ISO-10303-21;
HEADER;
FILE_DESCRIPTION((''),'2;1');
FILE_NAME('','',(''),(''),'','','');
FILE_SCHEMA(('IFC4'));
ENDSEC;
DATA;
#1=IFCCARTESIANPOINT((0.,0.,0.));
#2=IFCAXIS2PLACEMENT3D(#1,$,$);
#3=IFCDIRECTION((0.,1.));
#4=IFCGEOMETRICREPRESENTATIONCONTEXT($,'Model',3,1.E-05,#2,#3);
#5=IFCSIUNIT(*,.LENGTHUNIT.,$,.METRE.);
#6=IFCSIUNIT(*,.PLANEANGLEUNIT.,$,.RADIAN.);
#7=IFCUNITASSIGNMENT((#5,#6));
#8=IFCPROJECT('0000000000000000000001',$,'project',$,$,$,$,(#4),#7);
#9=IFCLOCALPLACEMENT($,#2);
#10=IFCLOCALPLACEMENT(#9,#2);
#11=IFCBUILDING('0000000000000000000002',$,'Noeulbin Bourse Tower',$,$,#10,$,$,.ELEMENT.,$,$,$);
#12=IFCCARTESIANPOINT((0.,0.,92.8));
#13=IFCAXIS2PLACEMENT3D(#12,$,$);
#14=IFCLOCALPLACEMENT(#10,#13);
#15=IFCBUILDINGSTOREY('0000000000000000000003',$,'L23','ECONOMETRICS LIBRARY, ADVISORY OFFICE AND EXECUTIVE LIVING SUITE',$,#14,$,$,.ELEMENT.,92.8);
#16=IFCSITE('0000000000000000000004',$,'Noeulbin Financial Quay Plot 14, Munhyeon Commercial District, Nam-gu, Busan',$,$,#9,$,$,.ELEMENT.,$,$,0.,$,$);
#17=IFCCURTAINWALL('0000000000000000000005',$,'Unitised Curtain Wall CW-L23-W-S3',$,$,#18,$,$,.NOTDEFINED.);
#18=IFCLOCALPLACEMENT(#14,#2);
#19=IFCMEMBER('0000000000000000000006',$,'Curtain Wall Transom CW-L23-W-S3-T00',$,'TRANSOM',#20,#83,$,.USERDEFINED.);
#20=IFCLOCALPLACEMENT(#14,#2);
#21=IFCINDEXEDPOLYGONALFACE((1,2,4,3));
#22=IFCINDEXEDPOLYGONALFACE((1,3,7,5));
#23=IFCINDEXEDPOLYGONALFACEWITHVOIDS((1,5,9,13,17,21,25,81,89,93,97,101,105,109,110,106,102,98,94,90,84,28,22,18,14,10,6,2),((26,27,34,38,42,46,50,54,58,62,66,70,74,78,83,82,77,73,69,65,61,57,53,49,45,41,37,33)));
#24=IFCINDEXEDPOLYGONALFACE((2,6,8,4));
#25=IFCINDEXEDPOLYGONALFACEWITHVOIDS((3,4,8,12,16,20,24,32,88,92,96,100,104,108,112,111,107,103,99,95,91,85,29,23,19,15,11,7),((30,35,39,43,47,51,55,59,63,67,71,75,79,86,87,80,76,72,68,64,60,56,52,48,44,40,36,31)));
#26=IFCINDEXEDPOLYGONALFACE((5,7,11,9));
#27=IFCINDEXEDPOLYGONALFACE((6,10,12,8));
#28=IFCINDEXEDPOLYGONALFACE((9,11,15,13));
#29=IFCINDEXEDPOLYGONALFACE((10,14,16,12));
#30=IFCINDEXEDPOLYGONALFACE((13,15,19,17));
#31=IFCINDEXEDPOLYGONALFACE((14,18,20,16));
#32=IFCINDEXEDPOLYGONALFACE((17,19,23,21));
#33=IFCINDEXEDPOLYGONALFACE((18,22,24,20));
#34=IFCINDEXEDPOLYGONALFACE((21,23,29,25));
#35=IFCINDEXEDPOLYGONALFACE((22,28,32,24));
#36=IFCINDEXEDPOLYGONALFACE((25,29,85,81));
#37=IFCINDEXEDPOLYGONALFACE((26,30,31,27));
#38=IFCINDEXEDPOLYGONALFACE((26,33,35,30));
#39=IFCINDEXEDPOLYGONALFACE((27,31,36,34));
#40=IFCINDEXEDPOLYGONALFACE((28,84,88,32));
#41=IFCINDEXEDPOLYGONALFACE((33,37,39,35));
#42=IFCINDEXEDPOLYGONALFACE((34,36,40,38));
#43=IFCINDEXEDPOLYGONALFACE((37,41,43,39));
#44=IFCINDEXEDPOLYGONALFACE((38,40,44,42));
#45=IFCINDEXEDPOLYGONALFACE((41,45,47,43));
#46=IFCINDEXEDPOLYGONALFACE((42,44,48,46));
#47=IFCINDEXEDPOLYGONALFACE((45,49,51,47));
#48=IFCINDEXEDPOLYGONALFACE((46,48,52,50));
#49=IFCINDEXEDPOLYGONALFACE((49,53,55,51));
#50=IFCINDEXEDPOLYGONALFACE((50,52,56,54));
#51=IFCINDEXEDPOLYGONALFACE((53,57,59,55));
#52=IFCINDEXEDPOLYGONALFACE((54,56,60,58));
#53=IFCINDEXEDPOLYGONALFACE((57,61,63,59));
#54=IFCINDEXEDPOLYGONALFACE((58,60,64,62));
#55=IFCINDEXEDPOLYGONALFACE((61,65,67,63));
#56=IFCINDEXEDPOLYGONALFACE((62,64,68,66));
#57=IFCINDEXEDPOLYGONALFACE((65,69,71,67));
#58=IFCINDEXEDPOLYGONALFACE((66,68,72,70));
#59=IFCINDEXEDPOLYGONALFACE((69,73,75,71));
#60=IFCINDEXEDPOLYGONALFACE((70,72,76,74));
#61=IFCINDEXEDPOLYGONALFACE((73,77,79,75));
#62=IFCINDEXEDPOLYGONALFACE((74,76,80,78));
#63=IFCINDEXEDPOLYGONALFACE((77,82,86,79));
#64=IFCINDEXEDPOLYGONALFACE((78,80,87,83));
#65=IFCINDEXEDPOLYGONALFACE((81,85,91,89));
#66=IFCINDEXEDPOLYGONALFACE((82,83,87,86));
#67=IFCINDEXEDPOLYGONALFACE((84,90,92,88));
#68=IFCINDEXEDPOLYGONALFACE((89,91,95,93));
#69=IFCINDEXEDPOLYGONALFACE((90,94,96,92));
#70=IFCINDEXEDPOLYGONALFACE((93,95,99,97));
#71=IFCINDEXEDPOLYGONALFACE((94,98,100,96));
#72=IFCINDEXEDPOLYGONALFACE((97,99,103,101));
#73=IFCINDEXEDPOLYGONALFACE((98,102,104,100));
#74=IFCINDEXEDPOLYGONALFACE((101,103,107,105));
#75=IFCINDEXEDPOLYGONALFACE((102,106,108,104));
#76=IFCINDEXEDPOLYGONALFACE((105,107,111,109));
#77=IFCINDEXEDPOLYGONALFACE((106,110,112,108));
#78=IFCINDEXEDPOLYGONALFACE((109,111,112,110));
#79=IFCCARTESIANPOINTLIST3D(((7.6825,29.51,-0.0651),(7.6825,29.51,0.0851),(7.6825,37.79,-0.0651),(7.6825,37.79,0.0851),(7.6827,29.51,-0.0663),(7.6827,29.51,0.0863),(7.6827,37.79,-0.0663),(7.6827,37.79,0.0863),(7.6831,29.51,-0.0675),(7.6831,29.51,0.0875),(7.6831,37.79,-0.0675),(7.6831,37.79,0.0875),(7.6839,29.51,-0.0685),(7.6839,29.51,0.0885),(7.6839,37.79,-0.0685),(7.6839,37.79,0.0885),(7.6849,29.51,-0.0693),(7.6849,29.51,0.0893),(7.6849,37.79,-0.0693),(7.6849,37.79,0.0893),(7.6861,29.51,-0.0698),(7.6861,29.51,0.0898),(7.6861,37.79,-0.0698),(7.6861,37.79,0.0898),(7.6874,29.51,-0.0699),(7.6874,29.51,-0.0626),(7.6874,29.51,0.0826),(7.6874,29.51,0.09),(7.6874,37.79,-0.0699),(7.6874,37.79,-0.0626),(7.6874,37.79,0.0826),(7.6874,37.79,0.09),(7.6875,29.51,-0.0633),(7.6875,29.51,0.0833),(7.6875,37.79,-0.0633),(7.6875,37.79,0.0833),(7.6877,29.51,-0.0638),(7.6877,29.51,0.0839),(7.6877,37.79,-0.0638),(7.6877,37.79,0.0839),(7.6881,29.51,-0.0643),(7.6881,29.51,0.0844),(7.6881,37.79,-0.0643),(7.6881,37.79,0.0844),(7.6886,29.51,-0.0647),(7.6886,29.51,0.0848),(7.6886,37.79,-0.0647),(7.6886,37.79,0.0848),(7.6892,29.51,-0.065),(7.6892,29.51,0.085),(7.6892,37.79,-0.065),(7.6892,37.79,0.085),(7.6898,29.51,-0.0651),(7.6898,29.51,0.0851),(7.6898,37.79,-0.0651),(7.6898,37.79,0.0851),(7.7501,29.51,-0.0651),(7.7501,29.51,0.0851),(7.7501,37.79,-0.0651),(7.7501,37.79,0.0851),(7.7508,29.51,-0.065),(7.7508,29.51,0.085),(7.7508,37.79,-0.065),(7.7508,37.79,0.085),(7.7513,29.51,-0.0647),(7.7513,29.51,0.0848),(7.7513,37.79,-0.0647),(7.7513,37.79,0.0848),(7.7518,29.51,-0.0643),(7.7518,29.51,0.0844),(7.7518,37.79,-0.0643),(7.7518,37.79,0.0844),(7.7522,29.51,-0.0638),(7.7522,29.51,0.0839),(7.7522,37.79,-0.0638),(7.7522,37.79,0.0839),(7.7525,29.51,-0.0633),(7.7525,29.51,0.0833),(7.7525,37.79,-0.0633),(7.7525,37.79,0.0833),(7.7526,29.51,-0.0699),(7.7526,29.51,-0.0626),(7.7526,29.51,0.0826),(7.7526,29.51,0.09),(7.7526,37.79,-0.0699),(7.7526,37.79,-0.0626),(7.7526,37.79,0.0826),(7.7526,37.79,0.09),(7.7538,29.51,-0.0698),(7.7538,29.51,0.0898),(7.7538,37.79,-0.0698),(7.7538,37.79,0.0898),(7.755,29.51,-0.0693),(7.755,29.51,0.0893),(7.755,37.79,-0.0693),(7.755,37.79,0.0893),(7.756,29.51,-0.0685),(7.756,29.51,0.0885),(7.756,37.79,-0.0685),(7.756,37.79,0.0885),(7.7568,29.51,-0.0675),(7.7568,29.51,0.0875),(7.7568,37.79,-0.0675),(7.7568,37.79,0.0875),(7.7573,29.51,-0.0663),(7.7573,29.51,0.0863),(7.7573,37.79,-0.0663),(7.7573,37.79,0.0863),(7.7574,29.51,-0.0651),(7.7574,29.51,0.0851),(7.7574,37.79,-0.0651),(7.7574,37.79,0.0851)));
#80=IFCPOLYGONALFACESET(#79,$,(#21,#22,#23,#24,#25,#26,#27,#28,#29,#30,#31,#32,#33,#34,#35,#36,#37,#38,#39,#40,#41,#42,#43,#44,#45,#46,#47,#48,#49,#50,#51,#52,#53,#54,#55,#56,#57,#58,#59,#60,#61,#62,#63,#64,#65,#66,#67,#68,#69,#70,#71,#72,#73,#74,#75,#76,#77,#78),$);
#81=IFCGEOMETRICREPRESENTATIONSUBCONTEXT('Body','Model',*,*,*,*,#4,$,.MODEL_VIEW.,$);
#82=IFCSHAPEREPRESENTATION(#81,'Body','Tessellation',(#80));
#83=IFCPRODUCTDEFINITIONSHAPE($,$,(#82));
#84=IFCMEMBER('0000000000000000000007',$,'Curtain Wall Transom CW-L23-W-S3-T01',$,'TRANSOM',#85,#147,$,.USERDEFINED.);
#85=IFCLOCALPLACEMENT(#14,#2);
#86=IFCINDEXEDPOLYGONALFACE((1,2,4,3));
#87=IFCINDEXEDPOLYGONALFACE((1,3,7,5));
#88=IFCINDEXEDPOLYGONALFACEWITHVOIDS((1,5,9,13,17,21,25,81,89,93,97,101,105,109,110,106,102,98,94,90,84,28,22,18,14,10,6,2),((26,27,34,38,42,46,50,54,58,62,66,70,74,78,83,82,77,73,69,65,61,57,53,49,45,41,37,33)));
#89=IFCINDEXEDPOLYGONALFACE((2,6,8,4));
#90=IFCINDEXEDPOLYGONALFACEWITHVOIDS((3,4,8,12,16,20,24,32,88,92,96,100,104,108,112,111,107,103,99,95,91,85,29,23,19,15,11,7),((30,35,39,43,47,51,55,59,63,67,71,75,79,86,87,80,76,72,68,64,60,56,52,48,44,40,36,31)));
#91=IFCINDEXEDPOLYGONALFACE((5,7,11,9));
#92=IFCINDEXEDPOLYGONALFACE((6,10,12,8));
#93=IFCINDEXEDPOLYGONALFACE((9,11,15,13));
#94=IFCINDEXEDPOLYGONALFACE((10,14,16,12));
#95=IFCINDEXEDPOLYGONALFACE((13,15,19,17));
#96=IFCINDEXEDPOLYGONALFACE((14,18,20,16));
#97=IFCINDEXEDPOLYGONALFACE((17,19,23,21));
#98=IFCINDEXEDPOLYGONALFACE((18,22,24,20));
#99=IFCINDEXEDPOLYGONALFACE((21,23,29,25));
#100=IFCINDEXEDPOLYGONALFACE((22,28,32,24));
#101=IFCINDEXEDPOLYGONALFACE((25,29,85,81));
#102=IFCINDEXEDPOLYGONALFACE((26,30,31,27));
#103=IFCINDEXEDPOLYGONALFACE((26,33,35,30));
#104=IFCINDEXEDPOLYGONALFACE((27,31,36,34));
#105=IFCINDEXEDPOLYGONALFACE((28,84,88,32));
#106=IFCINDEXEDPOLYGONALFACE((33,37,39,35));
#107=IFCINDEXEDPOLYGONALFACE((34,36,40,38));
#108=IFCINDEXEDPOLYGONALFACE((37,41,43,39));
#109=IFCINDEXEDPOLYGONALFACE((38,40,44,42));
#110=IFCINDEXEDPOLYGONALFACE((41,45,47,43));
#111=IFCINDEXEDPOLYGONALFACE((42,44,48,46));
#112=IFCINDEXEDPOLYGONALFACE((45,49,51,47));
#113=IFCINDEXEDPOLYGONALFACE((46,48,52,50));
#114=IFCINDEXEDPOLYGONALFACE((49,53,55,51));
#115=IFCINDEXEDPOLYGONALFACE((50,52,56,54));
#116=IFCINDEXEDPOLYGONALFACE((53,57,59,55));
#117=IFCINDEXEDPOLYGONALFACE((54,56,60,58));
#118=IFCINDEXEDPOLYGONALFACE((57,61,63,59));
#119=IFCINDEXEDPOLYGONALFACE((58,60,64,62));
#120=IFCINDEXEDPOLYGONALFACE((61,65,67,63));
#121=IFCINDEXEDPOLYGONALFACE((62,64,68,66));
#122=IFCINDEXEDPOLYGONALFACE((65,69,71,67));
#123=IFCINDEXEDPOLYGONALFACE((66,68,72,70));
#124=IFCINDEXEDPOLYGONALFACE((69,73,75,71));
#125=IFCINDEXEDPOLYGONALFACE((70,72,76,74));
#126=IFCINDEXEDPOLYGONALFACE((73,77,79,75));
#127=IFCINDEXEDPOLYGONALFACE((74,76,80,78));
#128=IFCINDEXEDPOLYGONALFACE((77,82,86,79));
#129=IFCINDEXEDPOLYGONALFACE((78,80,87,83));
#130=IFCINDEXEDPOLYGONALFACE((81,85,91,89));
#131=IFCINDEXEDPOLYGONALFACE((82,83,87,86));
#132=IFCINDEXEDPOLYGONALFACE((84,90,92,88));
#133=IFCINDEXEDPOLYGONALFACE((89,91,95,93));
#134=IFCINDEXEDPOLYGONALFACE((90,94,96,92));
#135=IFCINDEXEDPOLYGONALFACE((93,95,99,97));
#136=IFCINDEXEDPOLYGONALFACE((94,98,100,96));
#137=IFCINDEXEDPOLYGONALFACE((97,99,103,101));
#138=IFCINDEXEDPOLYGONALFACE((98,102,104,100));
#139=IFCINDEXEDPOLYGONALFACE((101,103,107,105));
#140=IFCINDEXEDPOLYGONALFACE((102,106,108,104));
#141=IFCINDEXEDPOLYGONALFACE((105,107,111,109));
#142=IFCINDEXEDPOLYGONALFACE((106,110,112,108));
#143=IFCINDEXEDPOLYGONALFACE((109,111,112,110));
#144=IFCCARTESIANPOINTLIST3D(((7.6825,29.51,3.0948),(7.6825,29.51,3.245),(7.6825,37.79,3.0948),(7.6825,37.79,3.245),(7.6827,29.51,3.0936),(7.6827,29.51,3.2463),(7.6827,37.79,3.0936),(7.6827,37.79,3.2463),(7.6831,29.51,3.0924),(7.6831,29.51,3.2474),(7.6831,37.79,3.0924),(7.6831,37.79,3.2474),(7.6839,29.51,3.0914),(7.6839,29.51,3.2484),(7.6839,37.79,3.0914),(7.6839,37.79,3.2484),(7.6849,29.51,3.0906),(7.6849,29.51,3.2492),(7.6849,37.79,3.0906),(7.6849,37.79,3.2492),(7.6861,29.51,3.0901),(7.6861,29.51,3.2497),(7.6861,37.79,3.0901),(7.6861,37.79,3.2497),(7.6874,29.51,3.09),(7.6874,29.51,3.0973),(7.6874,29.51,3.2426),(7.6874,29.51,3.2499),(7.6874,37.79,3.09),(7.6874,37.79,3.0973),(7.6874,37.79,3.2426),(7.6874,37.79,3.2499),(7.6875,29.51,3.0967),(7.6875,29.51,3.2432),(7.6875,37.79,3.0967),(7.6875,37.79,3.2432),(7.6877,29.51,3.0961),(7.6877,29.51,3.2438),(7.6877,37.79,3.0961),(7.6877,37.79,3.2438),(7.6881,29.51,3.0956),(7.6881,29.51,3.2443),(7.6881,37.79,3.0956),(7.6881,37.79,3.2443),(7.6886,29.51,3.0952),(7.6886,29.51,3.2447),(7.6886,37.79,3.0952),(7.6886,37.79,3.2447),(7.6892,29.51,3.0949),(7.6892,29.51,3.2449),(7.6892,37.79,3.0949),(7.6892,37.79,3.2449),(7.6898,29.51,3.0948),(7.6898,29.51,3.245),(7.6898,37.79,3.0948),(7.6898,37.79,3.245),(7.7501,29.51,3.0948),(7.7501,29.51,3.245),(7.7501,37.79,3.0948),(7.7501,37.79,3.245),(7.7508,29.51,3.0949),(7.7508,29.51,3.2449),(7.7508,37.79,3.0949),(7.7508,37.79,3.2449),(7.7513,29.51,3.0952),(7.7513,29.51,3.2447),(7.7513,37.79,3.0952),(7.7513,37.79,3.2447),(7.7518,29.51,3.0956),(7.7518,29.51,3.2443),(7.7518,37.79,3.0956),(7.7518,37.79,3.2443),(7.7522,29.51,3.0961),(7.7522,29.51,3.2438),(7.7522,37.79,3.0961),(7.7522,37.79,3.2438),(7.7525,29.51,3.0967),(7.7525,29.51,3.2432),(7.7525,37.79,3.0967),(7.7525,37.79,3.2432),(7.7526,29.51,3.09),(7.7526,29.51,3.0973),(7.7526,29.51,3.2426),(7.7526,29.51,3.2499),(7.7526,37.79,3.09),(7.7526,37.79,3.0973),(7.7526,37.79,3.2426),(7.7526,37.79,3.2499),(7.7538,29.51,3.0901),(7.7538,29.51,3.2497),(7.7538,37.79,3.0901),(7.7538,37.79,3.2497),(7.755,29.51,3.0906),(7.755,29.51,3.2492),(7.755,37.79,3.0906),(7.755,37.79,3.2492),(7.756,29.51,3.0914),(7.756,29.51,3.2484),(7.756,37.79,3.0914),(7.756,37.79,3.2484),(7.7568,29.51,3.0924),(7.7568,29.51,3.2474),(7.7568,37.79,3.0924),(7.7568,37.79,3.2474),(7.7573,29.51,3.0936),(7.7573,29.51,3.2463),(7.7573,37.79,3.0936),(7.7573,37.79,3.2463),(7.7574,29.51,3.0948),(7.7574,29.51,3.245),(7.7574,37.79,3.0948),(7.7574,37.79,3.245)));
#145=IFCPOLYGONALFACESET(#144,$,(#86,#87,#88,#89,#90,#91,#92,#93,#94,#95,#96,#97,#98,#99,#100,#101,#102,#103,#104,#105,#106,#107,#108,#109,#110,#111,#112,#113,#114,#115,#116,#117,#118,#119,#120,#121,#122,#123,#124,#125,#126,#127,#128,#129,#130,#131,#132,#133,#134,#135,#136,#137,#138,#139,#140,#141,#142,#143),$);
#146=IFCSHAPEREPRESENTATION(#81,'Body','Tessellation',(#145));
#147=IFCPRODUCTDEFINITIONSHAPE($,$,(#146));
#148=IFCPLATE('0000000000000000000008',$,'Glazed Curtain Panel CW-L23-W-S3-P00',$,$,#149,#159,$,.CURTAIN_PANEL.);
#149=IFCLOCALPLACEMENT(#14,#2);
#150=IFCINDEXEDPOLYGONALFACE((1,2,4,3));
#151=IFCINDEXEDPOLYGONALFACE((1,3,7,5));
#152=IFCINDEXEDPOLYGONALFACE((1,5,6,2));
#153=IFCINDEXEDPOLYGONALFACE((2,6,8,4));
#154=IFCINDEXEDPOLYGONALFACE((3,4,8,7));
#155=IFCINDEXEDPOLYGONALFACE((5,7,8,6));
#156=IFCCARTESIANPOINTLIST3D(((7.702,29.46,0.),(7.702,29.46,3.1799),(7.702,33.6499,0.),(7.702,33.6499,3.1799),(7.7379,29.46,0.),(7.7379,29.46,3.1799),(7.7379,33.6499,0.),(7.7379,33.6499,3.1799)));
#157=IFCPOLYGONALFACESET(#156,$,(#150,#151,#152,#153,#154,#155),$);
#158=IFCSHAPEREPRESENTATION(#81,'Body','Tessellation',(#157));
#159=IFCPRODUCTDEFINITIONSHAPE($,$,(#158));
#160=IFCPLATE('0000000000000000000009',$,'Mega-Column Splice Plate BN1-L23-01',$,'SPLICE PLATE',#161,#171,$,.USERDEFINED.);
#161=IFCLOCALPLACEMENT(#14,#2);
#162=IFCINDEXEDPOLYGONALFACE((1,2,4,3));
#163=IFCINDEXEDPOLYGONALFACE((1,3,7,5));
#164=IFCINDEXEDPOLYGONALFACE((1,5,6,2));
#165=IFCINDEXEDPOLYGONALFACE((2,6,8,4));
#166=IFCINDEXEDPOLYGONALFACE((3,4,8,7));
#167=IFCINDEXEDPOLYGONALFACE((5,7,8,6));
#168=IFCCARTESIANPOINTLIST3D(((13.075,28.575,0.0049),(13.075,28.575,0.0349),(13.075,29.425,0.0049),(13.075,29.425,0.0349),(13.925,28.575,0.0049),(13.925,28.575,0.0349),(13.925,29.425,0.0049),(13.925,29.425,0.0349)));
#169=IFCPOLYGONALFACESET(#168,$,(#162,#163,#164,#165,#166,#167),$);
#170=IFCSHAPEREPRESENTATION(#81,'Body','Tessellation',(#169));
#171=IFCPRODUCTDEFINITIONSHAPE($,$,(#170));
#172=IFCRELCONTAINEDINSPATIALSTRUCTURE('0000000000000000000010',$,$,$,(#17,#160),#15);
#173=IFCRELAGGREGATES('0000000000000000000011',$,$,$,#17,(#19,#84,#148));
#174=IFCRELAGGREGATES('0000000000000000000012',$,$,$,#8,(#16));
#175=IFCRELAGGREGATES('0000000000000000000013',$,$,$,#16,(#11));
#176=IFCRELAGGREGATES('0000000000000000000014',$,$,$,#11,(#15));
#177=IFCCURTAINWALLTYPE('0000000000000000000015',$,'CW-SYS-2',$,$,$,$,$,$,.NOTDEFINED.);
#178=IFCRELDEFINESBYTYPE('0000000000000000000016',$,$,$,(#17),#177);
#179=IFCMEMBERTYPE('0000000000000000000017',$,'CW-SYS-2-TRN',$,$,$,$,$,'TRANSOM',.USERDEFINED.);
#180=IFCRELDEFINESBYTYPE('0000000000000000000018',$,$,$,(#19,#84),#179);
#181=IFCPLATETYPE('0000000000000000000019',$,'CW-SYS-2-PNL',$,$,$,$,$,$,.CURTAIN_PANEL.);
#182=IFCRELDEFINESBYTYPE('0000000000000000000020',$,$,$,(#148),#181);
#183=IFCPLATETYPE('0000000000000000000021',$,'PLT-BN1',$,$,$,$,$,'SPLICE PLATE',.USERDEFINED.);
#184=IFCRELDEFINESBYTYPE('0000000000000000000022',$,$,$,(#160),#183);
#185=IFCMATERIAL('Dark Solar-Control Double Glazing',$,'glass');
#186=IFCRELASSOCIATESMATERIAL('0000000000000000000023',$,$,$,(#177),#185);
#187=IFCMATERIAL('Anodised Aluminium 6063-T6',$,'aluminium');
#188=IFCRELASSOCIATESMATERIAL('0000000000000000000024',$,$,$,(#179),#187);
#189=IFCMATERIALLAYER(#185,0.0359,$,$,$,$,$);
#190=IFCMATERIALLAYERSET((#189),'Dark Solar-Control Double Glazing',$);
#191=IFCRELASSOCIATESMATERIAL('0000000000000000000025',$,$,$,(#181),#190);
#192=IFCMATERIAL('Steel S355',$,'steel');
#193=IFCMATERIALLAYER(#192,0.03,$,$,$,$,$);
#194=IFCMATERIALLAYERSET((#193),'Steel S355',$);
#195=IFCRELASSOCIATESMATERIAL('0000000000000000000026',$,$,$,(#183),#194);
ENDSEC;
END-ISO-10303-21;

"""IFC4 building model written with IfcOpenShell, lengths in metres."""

from ifc_helpers import new_model, si_unit, direction, frame, origin, origin_2d, place, context, subcontext, project, spatial, rectangle, hollow_rectangle, extrude, material, layer, layer_set, material_profile, profile_set, type_object, element, aggregate, save


model = new_model("IFC4")

# Units and contexts
model_context = context("Model", 3, precision=1e-05, world=origin(), true_north=direction((0.0, 1.0)))
body_context = subcontext(model_context, "Body", "Model", "MODEL_VIEW")
ifc_project = project(units=[si_unit("LENGTHUNIT", "METRE"), si_unit("PLANEANGLEUNIT", "RADIAN")], contexts=[model_context])

# Site, building, storey
site_placement = place(None, origin())
site = spatial("IfcSite", under=ifc_project, at=site_placement, Name="Noeulbin Financial Quay Plot 14, Munhyeon Commercial District, Nam-gu, Busan", CompositionType="ELEMENT", RefElevation=0.0)
building_placement = place(site_placement, origin())
building = spatial("IfcBuilding", under=site, at=building_placement, Name="Noeulbin Bourse Tower", CompositionType="ELEMENT")
storey_placement = place(building_placement, frame((0.0, 0.0, 92.8)))
storey = spatial("IfcBuildingStorey", under=building, at=storey_placement, Name="L23", Description="ECONOMETRICS LIBRARY, ADVISORY OFFICE AND EXECUTIVE LIVING SUITE", CompositionType="ELEMENT", Elevation=92.8)

# Shared definitions
ifc_material_1 = material(Name="Steel S355", Category="steel")

# Curtain wall, members, plate
ifc_material_2 = material(Name="Dark Solar-Control Double Glazing", Category="glass")
curtain_wall_type = type_object("IfcCurtainWallType", Name="CW-SYS-2", PredefinedType="NOTDEFINED", material=ifc_material_2)
curtain_wall_placement = place(storey_placement, origin())
curtain_wall = element("IfcCurtainWall", 1, at=curtain_wall_placement, inside=storey, type_object=curtain_wall_type, Name="Unitised Curtain Wall CW-L23-W-S3", PredefinedType="NOTDEFINED")
ifc_material_3 = material(Name="Anodised Aluminium 6063-T6", Category="aluminium")
ifc_material_profile_1 = material_profile(ifc_material_3, hollow_rectangle(XDim=0.075, YDim=0.1599, WallThickness=0.0049, InnerFilletRadius=0.0024, OuterFilletRadius=0.0049, at=origin_2d()), Name="ALU-TRAN-75x160x5", Category="LoadBearing")
ifc_profile_set_1 = profile_set([ifc_material_profile_1], Name="Anodised Aluminium 6063-T6")
member_type_1 = type_object("IfcMemberType", Name="CW-SYS-2-TRN", ElementType="TRANSOM", PredefinedType="USERDEFINED", material=ifc_profile_set_1)
member_1_placement = place(storey_placement, frame((7.72, 29.51, 0.01), z_axis=(0.0, 1.0, 0.0), x_axis=(-1.0, 0.0, 0.0)))
member_1 = element("IfcMember", 2, at=member_1_placement, type_object=member_type_1, Name="Curtain Wall Transom CW-L23-W-S3-T00", ObjectType="TRANSOM", PredefinedType="USERDEFINED", context=body_context, shape_type="SweptSolid", body=[
    extrude(hollow_rectangle(XDim=0.075, YDim=0.1599, WallThickness=0.0049, InnerFilletRadius=0.0024, OuterFilletRadius=0.0049, at=origin_2d()), origin(), (0.0, 0.0, 1.0), 8.28),
])
member_2_placement = place(storey_placement, frame((7.72, 29.51, 3.1699), z_axis=(0.0, 1.0, 0.0), x_axis=(-1.0, 0.0, 0.0)))
member_2 = element("IfcMember", 3, at=member_2_placement, type_object=member_type_1, Name="Curtain Wall Transom CW-L23-W-S3-T01", ObjectType="TRANSOM", PredefinedType="USERDEFINED", context=body_context, shape_type="SweptSolid", body=[
    extrude(hollow_rectangle(XDim=0.075, YDim=0.1599, WallThickness=0.0049, InnerFilletRadius=0.0024, OuterFilletRadius=0.0049, at=origin_2d()), origin(), (0.0, 0.0, 1.0), 8.28),
])
ifc_layer_1 = layer(ifc_material_2, 0.0359)
ifc_layer_set_1 = layer_set([ifc_layer_1], Name="Dark Solar-Control Double Glazing")
plate_type_1 = type_object("IfcPlateType", Name="CW-SYS-2-PNL", PredefinedType="CURTAIN_PANEL", material=ifc_layer_set_1)
plate_1_placement = place(storey_placement, frame((7.72, 31.5549, 0.0), z_axis=(0.0, 0.0, 1.0), x_axis=(0.0, 1.0, 0.0)))
plate_1 = element("IfcPlate", 4, at=plate_1_placement, type_object=plate_type_1, Name="Glazed Curtain Panel CW-L23-W-S3-P00", PredefinedType="CURTAIN_PANEL", context=body_context, shape_type="SweptSolid", body=[
    extrude(rectangle(XDim=4.1899, YDim=0.0359, at=origin_2d()), origin(), (0.0, 0.0, 1.0), 3.1799),
])
aggregate(curtain_wall, [member_1, member_2, plate_1])

# Plate
ifc_layer_2 = layer(ifc_material_1, 0.03)
ifc_layer_set_2 = layer_set([ifc_layer_2], Name="Steel S355")
plate_type_2 = type_object("IfcPlateType", Name="PLT-BN1", ElementType="SPLICE PLATE", PredefinedType="USERDEFINED", material=ifc_layer_set_2)
plate_2_placement = place(storey_placement, frame((13.5, 29.0, 0.0049), z_axis=(0.0, 0.0, 1.0), x_axis=(1.0, 0.0, 0.0)))
element("IfcPlate", 5, at=plate_2_placement, inside=storey, type_object=plate_type_2, Name="Mega-Column Splice Plate BN1-L23-01", ObjectType="SPLICE PLATE", PredefinedType="USERDEFINED", context=body_context, shape_type="SweptSolid", body=[
    extrude(rectangle(XDim=0.8501, YDim=0.8501, at=origin_2d()), origin(), (0.0, 0.0, 1.0), 0.03),
])

save(model, "model.ifc")
